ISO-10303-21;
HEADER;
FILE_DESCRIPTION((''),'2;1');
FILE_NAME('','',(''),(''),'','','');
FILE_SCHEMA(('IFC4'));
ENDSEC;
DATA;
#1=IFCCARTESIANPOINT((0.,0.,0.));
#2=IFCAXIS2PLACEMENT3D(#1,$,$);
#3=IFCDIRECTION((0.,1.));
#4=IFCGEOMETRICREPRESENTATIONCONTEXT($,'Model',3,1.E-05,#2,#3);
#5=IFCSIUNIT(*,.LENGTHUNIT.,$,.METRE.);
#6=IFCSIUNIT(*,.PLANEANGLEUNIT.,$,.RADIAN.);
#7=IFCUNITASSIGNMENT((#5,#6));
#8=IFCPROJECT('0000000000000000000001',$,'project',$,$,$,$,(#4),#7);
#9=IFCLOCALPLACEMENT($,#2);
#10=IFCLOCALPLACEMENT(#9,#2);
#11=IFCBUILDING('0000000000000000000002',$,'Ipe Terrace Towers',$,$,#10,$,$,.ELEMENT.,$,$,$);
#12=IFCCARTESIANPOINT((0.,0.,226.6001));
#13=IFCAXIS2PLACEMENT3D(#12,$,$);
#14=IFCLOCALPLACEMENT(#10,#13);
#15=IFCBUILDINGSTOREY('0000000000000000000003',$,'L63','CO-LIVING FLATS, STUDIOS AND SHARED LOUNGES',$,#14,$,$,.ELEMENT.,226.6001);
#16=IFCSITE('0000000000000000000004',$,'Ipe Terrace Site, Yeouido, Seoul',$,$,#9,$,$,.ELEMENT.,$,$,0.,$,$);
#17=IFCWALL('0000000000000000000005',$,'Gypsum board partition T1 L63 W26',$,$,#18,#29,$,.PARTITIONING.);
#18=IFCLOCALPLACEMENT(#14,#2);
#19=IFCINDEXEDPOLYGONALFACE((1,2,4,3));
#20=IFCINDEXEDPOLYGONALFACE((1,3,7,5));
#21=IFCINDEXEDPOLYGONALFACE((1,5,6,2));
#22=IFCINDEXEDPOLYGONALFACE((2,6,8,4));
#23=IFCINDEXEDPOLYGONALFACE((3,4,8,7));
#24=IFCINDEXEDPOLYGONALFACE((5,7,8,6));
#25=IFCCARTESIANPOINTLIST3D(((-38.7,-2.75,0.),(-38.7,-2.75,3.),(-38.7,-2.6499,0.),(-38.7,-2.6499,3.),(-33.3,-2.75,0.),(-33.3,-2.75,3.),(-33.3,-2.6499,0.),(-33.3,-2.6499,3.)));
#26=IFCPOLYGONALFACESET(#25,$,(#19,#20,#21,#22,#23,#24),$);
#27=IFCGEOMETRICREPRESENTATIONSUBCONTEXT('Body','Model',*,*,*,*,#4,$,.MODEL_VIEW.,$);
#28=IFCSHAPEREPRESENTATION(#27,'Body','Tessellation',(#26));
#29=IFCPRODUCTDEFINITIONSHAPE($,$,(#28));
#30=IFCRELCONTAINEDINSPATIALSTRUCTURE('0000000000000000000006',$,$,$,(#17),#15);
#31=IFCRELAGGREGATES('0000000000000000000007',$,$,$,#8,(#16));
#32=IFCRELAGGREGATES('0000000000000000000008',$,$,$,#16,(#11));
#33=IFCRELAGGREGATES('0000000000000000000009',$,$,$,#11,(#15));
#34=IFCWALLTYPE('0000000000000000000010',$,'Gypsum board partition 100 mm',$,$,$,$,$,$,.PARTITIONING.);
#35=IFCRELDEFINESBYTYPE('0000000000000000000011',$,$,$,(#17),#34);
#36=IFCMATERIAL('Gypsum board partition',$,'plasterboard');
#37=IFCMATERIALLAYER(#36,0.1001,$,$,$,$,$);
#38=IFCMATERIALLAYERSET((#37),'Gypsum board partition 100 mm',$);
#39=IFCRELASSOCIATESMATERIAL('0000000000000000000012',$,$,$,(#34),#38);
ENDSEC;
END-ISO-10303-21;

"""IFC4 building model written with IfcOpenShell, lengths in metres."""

from ifc_helpers import new_model, si_unit, direction, frame, frame_2d, origin, place, context, subcontext, project, spatial, rectangle, extrude, material, layer, layer_set, type_object, element, save


model = new_model("IFC4")

# Units and contexts
model_context = context("Model", 3, precision=1e-05, world=origin(), true_north=direction((0.0, 1.0)))
body_context = subcontext(model_context, "Body", "Model", "MODEL_VIEW")
ifc_project = project(units=[si_unit("LENGTHUNIT", "METRE"), si_unit("PLANEANGLEUNIT", "RADIAN")], contexts=[model_context])

# Site, building, storey
site_placement = place(None, origin())
site = spatial("IfcSite", under=ifc_project, at=site_placement, Name="Ipe Terrace Site, Yeouido, Seoul", CompositionType="ELEMENT", RefElevation=0.0)
building_placement = place(site_placement, origin())
building = spatial("IfcBuilding", under=site, at=building_placement, Name="Ipe Terrace Towers", CompositionType="ELEMENT")
storey_placement = place(building_placement, frame((0.0, 0.0, 226.6001)))
storey = spatial("IfcBuildingStorey", under=building, at=storey_placement, Name="L63", Description="CO-LIVING FLATS, STUDIOS AND SHARED LOUNGES", CompositionType="ELEMENT", Elevation=226.6001)

# Shared definitions
ifc_material_1 = material(Name="Gypsum board partition", Category="plasterboard")
ifc_layer_1 = layer(ifc_material_1, 0.1001)
ifc_layer_set_1 = layer_set([ifc_layer_1], Name="Gypsum board partition 100 mm")
wall_type_1 = type_object("IfcWallType", Name="Gypsum board partition 100 mm", PredefinedType="PARTITIONING", material=ifc_layer_set_1)

# Wall
wall_1_placement = place(storey_placement, frame((-38.7, -2.7, 0.0), z_axis=(0.0, 0.0, 1.0), x_axis=(1.0, 0.0, 0.0)))
element("IfcWall", 1, at=wall_1_placement, inside=storey, type_object=wall_type_1, Name="Gypsum board partition T1 L63 W26", PredefinedType="PARTITIONING", context=body_context, shape_type="SweptSolid", body=[
    extrude(rectangle(XDim=5.3999, YDim=0.1001, at=frame_2d((2.7, 0.0))), origin(), (0.0, 0.0, 1.0), 3.0),
])

save(model, "model.ifc")
